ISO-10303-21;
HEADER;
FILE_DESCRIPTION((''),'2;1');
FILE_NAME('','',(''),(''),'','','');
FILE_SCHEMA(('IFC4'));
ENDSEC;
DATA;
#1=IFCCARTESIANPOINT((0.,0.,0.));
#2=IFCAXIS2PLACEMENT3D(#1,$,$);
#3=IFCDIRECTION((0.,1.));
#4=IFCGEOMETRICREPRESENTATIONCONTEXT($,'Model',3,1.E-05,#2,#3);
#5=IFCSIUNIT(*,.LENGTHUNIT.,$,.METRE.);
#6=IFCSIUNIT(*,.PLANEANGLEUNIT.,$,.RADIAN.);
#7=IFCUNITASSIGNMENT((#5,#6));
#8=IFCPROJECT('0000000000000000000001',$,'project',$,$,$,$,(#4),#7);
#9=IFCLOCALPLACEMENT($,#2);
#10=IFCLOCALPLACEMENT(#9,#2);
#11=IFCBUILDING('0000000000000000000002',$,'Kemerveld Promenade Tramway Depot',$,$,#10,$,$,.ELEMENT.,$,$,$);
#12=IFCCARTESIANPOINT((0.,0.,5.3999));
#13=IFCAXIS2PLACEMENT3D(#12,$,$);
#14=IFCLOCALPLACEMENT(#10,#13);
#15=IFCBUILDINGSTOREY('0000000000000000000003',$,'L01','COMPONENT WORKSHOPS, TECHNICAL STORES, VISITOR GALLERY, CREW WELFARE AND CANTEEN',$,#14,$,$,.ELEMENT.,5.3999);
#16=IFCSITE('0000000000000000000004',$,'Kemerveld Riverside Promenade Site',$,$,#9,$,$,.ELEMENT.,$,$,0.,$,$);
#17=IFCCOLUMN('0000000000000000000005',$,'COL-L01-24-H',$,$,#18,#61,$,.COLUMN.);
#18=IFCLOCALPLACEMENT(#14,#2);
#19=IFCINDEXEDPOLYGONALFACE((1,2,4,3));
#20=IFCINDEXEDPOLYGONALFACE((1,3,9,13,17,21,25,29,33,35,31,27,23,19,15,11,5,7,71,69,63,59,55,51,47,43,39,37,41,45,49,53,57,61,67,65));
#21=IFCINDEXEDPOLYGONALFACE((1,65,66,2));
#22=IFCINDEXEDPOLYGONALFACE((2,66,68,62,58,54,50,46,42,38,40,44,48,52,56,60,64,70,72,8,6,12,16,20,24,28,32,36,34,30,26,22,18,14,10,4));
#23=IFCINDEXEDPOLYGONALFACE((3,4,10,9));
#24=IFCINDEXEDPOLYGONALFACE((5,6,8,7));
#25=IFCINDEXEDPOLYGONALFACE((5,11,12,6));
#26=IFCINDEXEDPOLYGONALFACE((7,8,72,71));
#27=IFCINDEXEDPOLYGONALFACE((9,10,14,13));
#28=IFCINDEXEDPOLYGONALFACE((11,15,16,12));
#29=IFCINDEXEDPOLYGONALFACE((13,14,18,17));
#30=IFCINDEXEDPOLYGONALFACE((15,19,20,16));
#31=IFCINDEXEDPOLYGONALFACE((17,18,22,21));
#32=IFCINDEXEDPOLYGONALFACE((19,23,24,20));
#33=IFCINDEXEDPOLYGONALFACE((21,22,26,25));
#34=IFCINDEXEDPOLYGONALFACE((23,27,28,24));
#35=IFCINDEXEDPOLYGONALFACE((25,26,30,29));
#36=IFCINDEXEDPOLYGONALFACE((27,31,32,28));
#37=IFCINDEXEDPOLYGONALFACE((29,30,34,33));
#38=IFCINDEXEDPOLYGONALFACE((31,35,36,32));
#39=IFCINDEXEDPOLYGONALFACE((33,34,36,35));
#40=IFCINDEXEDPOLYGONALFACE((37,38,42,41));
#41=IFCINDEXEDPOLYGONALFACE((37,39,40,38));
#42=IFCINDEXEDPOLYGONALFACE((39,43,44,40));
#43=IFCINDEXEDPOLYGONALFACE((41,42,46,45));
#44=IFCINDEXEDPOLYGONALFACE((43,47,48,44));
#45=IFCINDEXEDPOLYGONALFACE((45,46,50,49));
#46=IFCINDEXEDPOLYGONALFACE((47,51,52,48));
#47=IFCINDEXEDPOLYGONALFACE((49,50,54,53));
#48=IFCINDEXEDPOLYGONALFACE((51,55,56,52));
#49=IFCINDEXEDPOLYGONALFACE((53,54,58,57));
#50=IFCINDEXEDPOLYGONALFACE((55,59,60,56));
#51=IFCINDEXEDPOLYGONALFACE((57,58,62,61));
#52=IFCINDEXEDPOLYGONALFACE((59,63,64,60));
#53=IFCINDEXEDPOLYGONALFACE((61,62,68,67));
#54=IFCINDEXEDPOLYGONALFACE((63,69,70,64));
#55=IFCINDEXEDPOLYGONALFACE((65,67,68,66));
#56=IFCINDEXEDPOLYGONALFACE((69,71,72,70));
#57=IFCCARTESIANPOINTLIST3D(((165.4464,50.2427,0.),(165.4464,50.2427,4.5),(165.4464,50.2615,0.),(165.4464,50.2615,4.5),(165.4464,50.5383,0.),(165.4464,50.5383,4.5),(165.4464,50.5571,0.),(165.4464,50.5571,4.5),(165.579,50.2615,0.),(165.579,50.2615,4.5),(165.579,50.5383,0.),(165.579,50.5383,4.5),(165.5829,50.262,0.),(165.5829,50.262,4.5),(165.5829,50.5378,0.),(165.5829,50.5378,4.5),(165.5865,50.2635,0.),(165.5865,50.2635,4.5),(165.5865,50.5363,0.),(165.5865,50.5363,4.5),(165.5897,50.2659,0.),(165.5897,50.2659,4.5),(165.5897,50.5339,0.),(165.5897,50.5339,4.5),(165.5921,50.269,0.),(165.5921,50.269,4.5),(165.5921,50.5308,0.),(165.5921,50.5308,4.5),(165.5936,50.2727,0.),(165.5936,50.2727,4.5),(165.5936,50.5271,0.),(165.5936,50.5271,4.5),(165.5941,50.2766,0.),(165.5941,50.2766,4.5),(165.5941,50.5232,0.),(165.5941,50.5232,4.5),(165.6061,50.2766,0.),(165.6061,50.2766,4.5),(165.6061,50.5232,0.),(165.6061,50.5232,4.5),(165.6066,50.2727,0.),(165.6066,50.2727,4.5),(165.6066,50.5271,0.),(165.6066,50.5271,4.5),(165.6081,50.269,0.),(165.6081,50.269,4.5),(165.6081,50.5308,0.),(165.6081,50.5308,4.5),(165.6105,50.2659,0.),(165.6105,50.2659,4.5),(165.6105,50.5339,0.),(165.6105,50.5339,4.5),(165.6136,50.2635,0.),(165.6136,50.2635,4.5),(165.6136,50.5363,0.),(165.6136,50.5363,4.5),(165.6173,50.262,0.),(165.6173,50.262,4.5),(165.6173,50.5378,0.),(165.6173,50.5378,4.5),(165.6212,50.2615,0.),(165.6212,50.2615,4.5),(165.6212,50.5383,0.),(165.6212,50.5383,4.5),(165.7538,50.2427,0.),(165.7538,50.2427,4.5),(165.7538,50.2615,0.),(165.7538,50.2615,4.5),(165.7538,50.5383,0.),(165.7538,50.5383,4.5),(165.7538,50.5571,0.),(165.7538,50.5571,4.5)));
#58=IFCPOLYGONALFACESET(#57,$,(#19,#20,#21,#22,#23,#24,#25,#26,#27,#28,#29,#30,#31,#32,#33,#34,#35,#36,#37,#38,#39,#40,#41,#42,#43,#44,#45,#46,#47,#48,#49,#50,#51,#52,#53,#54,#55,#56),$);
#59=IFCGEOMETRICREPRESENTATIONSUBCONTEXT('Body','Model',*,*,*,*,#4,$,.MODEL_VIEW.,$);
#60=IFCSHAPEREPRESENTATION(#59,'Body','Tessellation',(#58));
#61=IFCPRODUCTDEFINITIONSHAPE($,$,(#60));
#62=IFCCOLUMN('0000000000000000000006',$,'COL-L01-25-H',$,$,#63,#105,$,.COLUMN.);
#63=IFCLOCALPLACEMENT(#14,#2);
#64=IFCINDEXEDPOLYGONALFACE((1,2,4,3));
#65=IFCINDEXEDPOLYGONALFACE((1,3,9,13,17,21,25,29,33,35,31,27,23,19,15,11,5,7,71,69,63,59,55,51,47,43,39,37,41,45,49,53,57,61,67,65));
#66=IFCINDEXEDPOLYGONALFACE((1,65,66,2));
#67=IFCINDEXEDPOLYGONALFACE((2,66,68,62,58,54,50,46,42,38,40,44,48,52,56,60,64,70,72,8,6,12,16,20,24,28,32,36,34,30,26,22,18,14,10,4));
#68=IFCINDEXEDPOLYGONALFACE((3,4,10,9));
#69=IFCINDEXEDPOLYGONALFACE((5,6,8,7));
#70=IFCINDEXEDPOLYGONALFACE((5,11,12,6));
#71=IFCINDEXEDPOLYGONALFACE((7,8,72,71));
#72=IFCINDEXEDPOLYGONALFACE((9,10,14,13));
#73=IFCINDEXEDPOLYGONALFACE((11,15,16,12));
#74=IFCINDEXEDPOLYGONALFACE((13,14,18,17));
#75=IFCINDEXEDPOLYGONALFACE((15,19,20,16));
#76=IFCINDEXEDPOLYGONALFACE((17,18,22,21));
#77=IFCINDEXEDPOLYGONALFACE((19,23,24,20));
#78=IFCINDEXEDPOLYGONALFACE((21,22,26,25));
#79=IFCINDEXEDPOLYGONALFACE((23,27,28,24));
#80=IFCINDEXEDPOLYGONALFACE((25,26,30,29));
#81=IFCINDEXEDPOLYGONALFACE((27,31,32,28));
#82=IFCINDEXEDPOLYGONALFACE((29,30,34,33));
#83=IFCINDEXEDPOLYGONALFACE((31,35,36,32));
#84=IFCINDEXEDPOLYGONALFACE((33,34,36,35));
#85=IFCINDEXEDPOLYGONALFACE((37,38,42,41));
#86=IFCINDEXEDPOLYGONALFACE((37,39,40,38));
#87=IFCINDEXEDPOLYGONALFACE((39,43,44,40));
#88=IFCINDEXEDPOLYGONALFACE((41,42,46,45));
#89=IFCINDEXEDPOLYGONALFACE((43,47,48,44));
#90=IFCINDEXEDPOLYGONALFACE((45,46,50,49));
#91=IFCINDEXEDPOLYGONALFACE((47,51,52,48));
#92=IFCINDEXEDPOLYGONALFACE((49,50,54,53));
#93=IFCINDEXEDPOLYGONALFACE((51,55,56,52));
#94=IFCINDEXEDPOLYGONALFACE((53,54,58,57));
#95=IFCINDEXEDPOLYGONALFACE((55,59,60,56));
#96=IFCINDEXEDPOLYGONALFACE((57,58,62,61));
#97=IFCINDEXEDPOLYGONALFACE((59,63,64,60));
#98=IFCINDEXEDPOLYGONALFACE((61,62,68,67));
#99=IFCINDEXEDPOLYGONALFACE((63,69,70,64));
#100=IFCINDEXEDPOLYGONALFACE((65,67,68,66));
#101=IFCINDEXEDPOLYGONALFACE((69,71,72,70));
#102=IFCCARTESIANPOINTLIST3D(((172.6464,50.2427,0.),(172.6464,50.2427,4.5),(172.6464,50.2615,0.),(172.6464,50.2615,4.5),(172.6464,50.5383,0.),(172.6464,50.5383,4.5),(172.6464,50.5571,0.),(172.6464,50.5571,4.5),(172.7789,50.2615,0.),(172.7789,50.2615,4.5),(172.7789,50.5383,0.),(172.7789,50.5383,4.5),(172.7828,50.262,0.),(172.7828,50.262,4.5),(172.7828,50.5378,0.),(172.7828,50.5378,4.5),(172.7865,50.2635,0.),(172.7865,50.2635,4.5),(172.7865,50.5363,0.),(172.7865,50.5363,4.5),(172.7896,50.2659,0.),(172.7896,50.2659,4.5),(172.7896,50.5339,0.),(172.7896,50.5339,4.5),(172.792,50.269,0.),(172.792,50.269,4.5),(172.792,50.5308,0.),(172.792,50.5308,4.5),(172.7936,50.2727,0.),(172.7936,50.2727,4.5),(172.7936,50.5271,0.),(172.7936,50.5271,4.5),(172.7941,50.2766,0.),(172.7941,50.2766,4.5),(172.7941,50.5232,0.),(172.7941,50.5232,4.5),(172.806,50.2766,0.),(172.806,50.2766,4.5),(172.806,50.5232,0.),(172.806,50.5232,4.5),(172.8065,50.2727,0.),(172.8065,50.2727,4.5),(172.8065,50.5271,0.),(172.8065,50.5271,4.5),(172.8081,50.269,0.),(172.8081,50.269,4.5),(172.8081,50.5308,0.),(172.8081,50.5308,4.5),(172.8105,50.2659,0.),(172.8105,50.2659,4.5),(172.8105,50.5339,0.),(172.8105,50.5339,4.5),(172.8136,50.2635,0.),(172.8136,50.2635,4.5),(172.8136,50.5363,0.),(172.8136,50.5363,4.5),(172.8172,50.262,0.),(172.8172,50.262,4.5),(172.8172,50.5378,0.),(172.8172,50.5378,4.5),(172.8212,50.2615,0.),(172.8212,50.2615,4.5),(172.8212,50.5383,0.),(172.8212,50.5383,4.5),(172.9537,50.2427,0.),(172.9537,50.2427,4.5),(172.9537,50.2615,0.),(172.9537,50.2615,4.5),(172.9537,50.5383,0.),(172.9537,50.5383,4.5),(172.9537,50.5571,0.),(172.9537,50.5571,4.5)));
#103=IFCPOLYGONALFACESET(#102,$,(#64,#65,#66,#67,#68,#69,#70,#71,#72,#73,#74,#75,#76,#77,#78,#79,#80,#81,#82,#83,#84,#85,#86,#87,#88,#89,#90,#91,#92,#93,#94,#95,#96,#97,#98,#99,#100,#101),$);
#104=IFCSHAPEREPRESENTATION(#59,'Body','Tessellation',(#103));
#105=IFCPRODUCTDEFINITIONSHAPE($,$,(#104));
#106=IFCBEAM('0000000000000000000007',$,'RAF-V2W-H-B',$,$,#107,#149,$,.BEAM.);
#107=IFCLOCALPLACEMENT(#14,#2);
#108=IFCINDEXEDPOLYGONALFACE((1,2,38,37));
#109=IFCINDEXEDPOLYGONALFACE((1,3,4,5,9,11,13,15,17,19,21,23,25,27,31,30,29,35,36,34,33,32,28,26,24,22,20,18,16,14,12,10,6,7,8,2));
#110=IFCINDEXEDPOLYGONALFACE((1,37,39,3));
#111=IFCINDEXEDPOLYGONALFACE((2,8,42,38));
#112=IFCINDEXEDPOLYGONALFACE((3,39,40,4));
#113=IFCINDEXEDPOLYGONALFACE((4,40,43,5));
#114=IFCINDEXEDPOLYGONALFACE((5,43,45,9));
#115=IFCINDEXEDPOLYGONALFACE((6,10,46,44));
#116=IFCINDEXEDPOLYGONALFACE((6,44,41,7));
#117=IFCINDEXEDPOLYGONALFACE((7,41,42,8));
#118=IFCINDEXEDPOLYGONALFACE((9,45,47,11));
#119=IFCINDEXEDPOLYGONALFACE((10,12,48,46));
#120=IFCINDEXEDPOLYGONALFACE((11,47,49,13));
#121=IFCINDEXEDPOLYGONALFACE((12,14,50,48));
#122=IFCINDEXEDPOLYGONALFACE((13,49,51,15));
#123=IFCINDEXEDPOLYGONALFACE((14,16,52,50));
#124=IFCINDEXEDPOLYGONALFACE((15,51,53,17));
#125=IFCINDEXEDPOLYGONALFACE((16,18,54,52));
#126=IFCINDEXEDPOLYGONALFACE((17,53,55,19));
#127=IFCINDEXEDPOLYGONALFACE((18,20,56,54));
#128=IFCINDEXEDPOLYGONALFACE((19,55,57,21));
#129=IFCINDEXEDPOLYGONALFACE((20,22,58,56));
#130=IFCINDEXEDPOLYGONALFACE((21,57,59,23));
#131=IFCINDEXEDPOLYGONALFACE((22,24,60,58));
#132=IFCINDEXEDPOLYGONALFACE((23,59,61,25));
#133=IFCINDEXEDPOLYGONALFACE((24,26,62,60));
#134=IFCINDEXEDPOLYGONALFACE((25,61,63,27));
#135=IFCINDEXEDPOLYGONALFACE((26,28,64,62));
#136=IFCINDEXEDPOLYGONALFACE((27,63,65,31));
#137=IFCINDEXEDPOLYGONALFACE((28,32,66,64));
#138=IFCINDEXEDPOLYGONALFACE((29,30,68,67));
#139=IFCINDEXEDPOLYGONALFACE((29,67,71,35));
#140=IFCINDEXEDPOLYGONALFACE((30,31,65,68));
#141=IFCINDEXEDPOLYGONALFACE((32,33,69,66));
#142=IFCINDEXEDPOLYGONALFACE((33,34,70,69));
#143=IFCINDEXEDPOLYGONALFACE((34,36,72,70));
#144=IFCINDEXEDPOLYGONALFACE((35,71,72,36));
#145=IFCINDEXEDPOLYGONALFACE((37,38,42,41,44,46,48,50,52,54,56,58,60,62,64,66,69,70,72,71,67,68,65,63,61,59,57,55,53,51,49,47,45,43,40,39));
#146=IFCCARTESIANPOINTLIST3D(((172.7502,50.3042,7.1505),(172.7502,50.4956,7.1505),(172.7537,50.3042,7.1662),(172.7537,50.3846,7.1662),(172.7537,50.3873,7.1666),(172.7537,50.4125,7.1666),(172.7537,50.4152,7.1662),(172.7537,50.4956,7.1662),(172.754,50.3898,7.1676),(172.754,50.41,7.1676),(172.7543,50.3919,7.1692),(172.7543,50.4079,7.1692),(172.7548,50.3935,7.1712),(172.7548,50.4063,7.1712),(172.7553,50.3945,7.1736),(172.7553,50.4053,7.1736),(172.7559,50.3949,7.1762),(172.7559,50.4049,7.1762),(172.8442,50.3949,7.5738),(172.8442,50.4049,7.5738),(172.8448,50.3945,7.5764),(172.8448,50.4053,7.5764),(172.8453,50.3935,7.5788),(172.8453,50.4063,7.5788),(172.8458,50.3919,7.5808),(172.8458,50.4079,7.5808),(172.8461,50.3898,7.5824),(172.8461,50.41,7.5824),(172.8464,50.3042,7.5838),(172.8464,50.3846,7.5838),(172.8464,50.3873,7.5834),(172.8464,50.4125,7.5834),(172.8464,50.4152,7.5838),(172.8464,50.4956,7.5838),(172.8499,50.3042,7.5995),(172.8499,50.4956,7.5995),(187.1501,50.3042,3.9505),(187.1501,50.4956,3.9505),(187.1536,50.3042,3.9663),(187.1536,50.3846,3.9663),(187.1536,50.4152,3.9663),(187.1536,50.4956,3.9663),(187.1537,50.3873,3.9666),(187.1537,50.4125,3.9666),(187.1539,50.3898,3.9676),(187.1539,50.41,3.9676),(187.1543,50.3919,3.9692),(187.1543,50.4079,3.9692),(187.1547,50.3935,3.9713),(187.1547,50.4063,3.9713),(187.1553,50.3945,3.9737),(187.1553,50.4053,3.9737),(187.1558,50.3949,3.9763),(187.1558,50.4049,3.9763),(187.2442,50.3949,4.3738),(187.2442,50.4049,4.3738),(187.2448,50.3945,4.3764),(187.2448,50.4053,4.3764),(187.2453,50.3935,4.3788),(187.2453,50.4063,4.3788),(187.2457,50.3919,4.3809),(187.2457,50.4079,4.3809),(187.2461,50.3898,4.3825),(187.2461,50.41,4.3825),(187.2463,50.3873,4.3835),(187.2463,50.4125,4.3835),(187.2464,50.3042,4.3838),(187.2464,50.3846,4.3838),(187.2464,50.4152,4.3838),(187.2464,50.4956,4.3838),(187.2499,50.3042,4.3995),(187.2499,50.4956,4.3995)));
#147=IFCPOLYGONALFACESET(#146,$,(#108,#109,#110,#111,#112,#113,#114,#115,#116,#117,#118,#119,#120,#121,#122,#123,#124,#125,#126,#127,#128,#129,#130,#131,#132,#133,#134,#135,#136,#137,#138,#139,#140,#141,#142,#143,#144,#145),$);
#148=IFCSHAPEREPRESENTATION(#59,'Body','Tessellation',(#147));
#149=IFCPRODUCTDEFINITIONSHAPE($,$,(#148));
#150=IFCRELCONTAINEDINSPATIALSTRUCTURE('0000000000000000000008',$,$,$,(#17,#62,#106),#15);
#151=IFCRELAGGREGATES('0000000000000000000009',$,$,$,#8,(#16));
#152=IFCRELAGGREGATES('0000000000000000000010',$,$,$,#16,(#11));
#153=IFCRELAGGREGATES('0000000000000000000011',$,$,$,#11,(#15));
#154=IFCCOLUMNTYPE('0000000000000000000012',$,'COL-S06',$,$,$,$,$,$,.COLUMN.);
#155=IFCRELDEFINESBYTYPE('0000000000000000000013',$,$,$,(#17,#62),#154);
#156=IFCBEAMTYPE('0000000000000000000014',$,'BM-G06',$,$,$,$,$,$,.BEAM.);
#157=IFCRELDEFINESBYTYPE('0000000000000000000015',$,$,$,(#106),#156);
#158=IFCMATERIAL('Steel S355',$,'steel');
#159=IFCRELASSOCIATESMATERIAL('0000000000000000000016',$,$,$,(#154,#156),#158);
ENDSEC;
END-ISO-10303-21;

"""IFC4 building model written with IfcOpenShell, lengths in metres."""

from ifc_helpers import new_model, si_unit, direction, frame, origin, origin_2d, place, context, subcontext, project, spatial, i_section, extrude, material, material_profile, profile_set, type_object, element, save


model = new_model("IFC4")

# Units and contexts
model_context = context("Model", 3, precision=1e-05, world=origin(), true_north=direction((0.0, 1.0)))
body_context = subcontext(model_context, "Body", "Model", "MODEL_VIEW")
ifc_project = project(units=[si_unit("LENGTHUNIT", "METRE"), si_unit("PLANEANGLEUNIT", "RADIAN")], contexts=[model_context])

# Site, building, storey
site_placement = place(None, origin())
site = spatial("IfcSite", under=ifc_project, at=site_placement, Name="Kemerveld Riverside Promenade Site", CompositionType="ELEMENT", RefElevation=0.0)
building_placement = place(site_placement, origin())
building = spatial("IfcBuilding", under=site, at=building_placement, Name="Kemerveld Promenade Tramway Depot", CompositionType="ELEMENT")
storey_placement = place(building_placement, frame((0.0, 0.0, 5.3999)))
storey = spatial("IfcBuildingStorey", under=building, at=storey_placement, Name="L01", Description="COMPONENT WORKSHOPS, TECHNICAL STORES, VISITOR GALLERY, CREW WELFARE AND CANTEEN", CompositionType="ELEMENT", Elevation=5.3999)

# Columns
ifc_material_1 = material(Name="Steel S355", Category="steel")
ifc_material_profile_1 = material_profile(ifc_material_1, i_section(OverallWidth=0.3074, OverallDepth=0.3145, WebThickness=0.012, FlangeThickness=0.0188, FilletRadius=0.0151, at=origin_2d()), Name="305x305x118 UC")
ifc_profile_set_1 = profile_set([ifc_material_profile_1], Name="Steel S355")
column_type = type_object("IfcColumnType", Name="COL-S06", PredefinedType="COLUMN", material=ifc_profile_set_1)
for number, where, z_axis, x_axis, name in (
    (1, (165.6001, 50.3999, 0.0), (0.0, 0.0, 1.0), (1.0, 0.0, 0.0), "COL-L01-24-H"),
    (2, (172.8, 50.3999, 0.0), (0.0, 0.0, 1.0), (1.0, 0.0, 0.0), "COL-L01-25-H"),
):
    element("IfcColumn", number, at=place(storey_placement, frame(where, z_axis=z_axis, x_axis=x_axis)), inside=storey, type_object=column_type, Name=name, PredefinedType="COLUMN", context=body_context, shape_type="SweptSolid", body=[
        extrude(i_section(OverallWidth=0.3074, OverallDepth=0.3145, WebThickness=0.012, FlangeThickness=0.0188, FilletRadius=0.0151, at=origin_2d()), origin(), (0.0, 0.0, 1.0), 4.5),
    ])

# Beam
ifc_material_profile_2 = material_profile(ifc_material_1, i_section(OverallWidth=0.1914, OverallDepth=0.46, WebThickness=0.01, FlangeThickness=0.0161, FilletRadius=0.0103, at=origin_2d()), Name="457x191x82 UB")
ifc_profile_set_2 = profile_set([ifc_material_profile_2], Name="Steel S355")
beam_type = type_object("IfcBeamType", Name="BM-G06", PredefinedType="BEAM", material=ifc_profile_set_2)
beam_placement = place(storey_placement, frame((172.8, 50.3999, 7.375), z_axis=(0.976187, 0.0, -0.216929), x_axis=(0.0, 1.0, 0.0)))
element("IfcBeam", 3, at=beam_placement, inside=storey, type_object=beam_type, Name="RAF-V2W-H-B", PredefinedType="BEAM", context=body_context, shape_type="SweptSolid", body=[
    extrude(i_section(OverallWidth=0.1914, OverallDepth=0.46, WebThickness=0.01, FlangeThickness=0.0161, FilletRadius=0.0103, at=origin_2d()), origin(), (0.0, 0.0, 1.0), 14.7512),
])

save(model, "model.ifc")
